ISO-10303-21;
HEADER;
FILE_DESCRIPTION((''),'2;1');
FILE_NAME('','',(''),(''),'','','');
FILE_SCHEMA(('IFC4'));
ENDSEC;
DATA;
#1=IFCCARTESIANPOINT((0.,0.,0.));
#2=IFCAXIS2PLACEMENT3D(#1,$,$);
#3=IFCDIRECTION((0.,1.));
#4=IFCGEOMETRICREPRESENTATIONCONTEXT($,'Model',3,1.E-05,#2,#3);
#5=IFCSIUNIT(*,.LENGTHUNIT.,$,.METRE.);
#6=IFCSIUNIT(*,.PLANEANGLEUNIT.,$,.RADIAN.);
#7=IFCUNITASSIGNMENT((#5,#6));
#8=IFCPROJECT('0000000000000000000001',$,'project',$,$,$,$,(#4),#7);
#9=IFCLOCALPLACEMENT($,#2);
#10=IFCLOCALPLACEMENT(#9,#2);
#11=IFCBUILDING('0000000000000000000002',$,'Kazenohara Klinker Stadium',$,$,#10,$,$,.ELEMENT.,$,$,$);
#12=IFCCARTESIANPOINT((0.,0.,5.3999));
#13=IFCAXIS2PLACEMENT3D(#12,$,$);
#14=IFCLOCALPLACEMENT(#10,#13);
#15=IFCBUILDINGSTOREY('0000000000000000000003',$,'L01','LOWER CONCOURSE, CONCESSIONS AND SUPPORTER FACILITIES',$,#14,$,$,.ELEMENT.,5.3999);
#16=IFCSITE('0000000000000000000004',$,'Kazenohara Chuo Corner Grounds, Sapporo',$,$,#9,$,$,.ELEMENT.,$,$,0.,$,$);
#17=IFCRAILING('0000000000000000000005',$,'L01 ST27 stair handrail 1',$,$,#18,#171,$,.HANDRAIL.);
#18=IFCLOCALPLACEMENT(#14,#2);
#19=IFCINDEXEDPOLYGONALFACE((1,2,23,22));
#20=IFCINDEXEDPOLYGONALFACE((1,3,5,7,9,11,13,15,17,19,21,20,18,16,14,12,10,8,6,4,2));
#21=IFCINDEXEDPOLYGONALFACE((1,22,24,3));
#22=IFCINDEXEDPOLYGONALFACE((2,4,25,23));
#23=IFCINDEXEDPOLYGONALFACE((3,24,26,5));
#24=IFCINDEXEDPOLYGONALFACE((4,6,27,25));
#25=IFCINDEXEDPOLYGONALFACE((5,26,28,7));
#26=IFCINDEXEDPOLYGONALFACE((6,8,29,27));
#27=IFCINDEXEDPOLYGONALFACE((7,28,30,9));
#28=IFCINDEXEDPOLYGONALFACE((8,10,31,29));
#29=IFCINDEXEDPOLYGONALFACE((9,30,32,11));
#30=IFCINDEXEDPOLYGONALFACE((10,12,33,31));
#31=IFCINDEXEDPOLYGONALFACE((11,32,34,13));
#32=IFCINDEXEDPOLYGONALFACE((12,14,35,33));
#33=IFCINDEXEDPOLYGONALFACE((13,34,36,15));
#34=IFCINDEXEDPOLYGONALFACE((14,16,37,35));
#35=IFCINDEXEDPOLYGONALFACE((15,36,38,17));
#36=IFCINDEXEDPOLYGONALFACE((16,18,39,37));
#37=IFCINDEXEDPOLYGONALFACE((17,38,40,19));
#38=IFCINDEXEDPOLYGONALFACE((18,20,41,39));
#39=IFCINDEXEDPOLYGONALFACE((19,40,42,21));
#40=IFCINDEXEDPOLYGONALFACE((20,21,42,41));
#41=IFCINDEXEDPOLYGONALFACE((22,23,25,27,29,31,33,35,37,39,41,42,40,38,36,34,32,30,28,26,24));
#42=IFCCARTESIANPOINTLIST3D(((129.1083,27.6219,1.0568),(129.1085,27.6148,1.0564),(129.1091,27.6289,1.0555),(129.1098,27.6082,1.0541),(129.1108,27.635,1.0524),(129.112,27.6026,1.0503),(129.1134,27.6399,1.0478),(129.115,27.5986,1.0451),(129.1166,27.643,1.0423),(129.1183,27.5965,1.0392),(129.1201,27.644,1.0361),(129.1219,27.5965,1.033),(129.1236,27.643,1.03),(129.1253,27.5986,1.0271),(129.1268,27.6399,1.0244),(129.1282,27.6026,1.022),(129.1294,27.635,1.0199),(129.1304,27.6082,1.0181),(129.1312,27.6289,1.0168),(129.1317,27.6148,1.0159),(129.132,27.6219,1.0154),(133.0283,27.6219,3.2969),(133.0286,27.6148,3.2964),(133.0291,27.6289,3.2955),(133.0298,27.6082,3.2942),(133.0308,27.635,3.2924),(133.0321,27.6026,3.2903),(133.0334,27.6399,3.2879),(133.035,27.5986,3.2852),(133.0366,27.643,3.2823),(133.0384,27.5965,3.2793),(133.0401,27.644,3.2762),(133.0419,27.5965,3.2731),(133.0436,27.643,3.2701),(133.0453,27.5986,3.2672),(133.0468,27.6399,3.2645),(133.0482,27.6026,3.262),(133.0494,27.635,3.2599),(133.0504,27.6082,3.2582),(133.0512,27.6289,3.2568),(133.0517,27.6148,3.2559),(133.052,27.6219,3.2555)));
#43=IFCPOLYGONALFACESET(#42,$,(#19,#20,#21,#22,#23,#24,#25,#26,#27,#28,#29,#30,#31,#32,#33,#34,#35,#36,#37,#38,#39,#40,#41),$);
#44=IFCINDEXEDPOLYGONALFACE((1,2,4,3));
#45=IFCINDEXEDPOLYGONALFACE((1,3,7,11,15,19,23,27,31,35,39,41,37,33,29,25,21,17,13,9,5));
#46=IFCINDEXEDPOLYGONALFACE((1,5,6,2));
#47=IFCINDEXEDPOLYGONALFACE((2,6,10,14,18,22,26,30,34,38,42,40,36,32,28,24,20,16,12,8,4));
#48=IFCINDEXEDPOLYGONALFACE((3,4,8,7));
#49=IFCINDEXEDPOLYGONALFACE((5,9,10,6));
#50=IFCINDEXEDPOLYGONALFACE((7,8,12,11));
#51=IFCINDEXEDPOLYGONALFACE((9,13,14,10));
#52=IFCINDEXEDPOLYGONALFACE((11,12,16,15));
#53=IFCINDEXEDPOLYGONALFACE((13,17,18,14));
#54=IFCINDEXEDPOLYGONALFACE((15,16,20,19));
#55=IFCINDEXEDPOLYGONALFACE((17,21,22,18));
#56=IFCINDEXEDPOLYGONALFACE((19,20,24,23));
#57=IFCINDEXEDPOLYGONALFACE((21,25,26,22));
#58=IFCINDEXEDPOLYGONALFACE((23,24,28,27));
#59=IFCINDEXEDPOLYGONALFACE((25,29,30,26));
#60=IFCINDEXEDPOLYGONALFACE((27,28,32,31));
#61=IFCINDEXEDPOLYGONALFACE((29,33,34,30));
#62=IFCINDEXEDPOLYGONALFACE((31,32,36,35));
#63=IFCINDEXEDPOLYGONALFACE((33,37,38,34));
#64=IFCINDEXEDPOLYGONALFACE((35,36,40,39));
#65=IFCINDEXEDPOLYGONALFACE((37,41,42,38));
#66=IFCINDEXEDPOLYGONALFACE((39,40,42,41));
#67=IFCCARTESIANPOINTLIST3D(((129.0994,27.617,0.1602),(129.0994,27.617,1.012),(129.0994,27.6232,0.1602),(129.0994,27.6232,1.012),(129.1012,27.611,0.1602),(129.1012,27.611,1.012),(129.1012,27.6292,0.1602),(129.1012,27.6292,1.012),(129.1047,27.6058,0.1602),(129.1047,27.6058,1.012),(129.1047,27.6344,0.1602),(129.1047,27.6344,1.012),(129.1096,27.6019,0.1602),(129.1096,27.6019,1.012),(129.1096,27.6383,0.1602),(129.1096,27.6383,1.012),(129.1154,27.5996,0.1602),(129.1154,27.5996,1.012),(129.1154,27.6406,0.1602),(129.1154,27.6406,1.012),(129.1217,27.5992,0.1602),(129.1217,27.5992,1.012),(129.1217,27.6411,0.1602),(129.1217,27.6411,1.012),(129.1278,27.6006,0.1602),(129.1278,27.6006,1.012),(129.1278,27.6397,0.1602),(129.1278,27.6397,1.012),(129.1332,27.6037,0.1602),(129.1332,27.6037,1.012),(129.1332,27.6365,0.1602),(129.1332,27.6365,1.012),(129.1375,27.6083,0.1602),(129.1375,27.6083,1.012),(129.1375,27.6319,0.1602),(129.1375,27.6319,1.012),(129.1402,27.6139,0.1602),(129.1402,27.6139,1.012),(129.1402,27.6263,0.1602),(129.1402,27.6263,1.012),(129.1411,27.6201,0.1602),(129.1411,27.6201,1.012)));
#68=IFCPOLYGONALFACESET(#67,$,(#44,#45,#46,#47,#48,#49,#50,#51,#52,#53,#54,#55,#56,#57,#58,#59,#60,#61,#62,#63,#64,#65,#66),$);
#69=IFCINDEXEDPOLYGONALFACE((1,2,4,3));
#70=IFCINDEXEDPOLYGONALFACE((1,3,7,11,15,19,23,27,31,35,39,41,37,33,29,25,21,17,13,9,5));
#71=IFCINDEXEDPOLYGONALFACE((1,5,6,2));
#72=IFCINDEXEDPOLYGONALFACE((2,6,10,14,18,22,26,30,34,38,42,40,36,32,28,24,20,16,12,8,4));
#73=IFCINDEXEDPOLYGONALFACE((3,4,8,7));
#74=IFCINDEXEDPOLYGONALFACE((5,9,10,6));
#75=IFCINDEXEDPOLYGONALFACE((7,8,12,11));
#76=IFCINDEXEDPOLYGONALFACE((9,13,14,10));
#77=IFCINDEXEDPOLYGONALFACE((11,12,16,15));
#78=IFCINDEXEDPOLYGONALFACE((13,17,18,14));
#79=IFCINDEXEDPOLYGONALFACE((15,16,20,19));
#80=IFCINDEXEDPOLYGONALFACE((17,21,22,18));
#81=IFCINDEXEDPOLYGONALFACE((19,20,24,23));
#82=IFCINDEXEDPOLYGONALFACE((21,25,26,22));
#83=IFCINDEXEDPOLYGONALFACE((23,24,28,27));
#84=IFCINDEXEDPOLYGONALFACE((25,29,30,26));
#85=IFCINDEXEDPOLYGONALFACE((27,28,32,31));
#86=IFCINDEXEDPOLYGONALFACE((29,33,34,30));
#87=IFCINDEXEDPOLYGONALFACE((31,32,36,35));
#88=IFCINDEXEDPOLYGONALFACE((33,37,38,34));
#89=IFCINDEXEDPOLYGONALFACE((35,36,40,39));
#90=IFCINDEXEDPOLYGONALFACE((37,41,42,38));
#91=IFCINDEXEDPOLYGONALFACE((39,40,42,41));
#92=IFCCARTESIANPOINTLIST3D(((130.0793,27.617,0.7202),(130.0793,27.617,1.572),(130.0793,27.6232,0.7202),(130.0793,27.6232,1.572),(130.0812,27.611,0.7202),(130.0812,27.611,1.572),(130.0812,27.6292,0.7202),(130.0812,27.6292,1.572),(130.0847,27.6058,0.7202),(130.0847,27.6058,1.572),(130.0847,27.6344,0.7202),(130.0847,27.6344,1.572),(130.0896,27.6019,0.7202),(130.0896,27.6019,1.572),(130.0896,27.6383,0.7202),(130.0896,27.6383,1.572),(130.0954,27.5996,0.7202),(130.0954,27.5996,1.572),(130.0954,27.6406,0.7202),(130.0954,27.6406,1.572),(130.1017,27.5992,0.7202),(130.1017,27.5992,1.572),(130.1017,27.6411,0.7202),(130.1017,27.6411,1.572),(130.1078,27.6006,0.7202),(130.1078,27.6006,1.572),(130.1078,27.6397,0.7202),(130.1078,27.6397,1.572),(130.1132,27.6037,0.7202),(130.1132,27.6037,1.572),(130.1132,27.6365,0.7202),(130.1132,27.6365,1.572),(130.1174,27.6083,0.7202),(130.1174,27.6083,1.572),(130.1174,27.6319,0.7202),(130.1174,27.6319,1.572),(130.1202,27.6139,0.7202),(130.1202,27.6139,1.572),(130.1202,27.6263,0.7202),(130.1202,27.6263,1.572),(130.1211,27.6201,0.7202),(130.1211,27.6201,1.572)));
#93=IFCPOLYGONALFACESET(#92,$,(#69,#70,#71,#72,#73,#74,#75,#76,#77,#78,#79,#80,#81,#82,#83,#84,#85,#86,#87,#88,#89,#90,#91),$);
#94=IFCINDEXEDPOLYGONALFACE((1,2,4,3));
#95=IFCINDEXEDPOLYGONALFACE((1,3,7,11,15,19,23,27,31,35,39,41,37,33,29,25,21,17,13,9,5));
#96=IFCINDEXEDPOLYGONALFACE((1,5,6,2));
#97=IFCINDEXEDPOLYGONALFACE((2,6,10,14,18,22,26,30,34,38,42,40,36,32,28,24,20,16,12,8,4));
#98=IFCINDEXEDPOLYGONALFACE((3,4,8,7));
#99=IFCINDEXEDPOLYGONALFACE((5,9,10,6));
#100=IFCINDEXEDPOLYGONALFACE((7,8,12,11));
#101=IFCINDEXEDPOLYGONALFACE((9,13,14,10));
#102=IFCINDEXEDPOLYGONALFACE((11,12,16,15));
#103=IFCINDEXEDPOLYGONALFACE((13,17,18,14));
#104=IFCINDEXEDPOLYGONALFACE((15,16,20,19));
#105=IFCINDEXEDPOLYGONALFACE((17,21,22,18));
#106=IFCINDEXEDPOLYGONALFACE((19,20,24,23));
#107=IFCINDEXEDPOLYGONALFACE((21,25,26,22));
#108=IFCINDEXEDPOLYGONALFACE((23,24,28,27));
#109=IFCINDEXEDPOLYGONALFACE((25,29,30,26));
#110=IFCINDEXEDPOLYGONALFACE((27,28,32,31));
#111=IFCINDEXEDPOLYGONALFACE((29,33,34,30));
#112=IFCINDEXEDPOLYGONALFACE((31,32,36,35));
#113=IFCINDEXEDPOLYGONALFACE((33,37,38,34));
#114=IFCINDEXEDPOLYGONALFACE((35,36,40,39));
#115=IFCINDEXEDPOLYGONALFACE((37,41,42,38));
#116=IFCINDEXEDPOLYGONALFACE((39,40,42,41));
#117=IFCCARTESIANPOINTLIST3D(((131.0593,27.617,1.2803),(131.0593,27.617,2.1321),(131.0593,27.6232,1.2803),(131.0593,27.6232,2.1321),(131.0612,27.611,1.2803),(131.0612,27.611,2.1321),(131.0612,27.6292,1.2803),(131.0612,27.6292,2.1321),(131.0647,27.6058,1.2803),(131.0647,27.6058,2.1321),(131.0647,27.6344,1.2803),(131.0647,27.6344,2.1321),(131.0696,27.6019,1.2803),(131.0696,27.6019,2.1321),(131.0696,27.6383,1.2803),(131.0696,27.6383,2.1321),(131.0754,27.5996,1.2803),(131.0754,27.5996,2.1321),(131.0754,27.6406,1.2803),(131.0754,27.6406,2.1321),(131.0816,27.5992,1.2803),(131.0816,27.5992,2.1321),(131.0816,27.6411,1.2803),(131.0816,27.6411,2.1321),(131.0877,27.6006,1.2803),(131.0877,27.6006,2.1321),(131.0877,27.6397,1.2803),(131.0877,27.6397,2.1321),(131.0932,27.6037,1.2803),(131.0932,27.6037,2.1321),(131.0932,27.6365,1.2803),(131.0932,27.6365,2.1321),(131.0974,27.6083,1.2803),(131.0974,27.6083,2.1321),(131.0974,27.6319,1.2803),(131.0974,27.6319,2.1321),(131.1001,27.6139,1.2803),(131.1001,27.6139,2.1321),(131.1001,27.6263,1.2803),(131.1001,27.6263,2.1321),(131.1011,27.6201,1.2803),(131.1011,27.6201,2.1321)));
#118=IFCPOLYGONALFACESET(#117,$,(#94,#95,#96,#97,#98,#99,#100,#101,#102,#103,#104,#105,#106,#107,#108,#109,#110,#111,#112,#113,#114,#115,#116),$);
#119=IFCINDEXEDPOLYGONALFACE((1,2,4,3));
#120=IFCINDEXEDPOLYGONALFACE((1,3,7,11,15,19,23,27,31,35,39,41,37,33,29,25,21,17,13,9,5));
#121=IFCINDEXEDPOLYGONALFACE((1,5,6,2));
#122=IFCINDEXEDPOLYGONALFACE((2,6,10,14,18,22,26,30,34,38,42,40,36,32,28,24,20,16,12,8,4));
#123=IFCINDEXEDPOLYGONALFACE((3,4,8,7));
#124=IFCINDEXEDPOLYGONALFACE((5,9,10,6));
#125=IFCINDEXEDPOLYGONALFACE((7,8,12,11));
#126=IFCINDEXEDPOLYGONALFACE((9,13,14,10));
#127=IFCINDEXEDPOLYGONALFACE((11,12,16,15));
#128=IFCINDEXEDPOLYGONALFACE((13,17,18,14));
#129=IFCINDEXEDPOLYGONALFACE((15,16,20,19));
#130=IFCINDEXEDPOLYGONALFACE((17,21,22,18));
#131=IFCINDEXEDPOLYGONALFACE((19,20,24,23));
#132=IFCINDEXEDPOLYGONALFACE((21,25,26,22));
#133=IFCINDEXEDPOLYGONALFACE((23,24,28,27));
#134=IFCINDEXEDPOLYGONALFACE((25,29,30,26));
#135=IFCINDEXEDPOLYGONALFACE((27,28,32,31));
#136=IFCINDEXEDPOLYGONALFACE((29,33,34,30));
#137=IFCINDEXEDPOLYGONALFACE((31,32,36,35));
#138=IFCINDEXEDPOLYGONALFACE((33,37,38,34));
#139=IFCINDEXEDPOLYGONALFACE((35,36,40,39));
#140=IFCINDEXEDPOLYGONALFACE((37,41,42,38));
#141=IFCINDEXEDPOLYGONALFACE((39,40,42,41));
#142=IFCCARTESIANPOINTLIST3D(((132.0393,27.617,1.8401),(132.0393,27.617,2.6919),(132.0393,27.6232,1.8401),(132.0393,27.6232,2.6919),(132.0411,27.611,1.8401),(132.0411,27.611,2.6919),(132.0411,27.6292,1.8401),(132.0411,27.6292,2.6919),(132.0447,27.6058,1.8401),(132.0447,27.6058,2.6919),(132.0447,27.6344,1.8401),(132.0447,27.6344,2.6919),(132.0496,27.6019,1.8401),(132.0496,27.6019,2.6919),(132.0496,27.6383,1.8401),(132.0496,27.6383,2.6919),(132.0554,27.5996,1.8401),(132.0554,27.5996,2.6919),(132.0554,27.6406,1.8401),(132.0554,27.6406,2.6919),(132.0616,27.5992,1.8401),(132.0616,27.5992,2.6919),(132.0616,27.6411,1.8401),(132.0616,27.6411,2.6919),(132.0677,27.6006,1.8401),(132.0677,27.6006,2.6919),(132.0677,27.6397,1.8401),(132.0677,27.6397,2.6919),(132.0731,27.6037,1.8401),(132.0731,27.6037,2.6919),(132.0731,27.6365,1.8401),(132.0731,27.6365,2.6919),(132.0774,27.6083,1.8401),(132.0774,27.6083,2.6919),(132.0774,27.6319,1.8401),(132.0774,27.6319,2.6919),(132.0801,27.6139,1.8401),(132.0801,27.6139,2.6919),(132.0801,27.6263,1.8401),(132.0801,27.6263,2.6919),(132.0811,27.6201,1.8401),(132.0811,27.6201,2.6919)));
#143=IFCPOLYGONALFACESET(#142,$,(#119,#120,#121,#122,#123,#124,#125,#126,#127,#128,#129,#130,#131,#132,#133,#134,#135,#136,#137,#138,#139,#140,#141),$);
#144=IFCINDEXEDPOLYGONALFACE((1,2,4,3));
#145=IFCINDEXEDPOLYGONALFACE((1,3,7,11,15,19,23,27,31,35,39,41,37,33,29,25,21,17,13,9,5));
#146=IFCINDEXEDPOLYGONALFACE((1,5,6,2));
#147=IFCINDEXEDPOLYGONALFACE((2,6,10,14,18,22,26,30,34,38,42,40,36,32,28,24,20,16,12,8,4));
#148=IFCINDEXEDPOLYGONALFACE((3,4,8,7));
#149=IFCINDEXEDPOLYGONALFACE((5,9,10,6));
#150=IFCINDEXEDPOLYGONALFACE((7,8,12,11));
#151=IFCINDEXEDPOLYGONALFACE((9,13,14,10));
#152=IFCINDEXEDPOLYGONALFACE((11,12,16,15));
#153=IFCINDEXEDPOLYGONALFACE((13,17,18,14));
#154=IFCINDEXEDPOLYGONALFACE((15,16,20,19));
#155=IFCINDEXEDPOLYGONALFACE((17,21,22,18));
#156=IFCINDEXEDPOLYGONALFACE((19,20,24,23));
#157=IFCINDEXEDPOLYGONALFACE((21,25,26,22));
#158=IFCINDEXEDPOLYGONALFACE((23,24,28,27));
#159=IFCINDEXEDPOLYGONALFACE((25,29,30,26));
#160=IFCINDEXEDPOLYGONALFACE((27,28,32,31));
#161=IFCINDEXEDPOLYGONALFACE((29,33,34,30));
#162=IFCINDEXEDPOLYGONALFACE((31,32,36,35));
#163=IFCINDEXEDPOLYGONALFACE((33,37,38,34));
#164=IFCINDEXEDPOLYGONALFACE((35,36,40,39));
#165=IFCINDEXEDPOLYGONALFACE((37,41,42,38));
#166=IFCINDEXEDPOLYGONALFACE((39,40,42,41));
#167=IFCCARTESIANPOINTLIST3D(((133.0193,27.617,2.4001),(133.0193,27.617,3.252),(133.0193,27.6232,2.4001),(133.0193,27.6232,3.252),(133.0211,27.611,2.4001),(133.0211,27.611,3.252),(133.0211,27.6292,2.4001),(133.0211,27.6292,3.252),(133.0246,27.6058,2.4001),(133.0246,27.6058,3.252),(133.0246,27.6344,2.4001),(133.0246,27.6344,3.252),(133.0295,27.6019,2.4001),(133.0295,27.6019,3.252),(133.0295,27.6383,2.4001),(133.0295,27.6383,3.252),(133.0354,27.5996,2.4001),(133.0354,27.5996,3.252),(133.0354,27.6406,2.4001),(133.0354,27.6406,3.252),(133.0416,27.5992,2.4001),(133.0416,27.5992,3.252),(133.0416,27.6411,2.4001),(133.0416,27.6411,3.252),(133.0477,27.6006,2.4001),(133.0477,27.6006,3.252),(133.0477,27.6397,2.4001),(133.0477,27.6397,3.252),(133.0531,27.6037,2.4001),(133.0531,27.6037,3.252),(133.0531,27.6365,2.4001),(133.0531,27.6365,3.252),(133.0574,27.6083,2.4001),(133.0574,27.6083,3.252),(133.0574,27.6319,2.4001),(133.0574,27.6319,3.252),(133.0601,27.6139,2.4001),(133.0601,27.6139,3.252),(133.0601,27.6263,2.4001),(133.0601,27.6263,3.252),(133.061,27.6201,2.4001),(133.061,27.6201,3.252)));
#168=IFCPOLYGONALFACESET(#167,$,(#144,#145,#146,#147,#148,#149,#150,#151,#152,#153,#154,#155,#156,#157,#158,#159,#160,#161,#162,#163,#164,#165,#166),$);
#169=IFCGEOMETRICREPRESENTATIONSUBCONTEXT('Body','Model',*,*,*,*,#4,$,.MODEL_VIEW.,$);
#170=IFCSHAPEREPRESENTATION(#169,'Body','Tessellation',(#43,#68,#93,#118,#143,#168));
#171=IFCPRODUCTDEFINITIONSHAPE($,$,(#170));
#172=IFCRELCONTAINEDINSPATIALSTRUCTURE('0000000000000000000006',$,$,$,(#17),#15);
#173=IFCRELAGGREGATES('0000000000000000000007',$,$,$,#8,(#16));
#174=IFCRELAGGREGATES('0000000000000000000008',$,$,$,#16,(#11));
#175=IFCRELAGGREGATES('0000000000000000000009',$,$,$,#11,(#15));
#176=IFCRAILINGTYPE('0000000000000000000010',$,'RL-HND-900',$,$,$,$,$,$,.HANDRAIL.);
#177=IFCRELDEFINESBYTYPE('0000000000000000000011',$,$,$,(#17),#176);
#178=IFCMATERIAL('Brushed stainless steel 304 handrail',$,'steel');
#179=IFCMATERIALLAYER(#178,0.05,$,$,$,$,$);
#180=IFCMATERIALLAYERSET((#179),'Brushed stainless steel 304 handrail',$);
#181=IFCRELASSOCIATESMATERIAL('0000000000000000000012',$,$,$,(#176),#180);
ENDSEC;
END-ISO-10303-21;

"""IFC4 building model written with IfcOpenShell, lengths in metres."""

from ifc_helpers import new_model, si_unit, direction, frame, origin, origin_2d, place, context, subcontext, project, spatial, circle, extrude, material, layer, layer_set, type_object, element, save


model = new_model("IFC4")

# Units and contexts
model_context = context("Model", 3, precision=1e-05, world=origin(), true_north=direction((0.0, 1.0)))
body_context = subcontext(model_context, "Body", "Model", "MODEL_VIEW")
ifc_project = project(units=[si_unit("LENGTHUNIT", "METRE"), si_unit("PLANEANGLEUNIT", "RADIAN")], contexts=[model_context])

# Site, building, storey
site_placement = place(None, origin())
site = spatial("IfcSite", under=ifc_project, at=site_placement, Name="Kazenohara Chuo Corner Grounds, Sapporo", CompositionType="ELEMENT", RefElevation=0.0)
building_placement = place(site_placement, origin())
building = spatial("IfcBuilding", under=site, at=building_placement, Name="Kazenohara Klinker Stadium", CompositionType="ELEMENT")
storey_placement = place(building_placement, frame((0.0, 0.0, 5.3999)))
storey = spatial("IfcBuildingStorey", under=building, at=storey_placement, Name="L01", Description="LOWER CONCOURSE, CONCESSIONS AND SUPPORTER FACILITIES", CompositionType="ELEMENT", Elevation=5.3999)

# Railing
ifc_material_1 = material(Name="Brushed stainless steel 304 handrail", Category="steel")
ifc_layer_1 = layer(ifc_material_1, 0.05)
ifc_layer_set_1 = layer_set([ifc_layer_1], Name="Brushed stainless steel 304 handrail")
railing_type_1 = type_object("IfcRailingType", Name="RL-HND-900", PredefinedType="HANDRAIL", material=ifc_layer_set_1)
railing_1_placement = place(storey_placement, frame((129.1201, 27.6201, 0.1602)))
element("IfcRailing", 1, at=railing_1_placement, inside=storey, type_object=railing_type_1, Name="L01 ST27 stair handrail 1", PredefinedType="HANDRAIL", context=body_context, shape_type="SweptSolid", body=[
    extrude(circle(Radius=0.0239, at=origin_2d()), frame((0.0, 0.0, 0.876), z_axis=(0.86824, 0.0, 0.496145), x_axis=(0.0, 1.0, 0.0)), (0.0, 0.0, 1.0), 4.5149),
    extrude(circle(Radius=0.021, at=origin_2d()), origin(), (0.0, 0.0, 1.0), 0.8518),
    extrude(circle(Radius=0.021, at=origin_2d()), frame((0.98, 0.0, 0.5601)), (0.0, 0.0, 1.0), 0.8518),
    extrude(circle(Radius=0.021, at=origin_2d()), frame((1.96, 0.0, 1.1201)), (0.0, 0.0, 1.0), 0.8518),
    extrude(circle(Radius=0.021, at=origin_2d()), frame((2.9399, 0.0, 1.6799)), (0.0, 0.0, 1.0), 0.8518),
    extrude(circle(Radius=0.021, at=origin_2d()), frame((3.9199, 0.0, 2.24)), (0.0, 0.0, 1.0), 0.8518),
])

save(model, "model.ifc")
